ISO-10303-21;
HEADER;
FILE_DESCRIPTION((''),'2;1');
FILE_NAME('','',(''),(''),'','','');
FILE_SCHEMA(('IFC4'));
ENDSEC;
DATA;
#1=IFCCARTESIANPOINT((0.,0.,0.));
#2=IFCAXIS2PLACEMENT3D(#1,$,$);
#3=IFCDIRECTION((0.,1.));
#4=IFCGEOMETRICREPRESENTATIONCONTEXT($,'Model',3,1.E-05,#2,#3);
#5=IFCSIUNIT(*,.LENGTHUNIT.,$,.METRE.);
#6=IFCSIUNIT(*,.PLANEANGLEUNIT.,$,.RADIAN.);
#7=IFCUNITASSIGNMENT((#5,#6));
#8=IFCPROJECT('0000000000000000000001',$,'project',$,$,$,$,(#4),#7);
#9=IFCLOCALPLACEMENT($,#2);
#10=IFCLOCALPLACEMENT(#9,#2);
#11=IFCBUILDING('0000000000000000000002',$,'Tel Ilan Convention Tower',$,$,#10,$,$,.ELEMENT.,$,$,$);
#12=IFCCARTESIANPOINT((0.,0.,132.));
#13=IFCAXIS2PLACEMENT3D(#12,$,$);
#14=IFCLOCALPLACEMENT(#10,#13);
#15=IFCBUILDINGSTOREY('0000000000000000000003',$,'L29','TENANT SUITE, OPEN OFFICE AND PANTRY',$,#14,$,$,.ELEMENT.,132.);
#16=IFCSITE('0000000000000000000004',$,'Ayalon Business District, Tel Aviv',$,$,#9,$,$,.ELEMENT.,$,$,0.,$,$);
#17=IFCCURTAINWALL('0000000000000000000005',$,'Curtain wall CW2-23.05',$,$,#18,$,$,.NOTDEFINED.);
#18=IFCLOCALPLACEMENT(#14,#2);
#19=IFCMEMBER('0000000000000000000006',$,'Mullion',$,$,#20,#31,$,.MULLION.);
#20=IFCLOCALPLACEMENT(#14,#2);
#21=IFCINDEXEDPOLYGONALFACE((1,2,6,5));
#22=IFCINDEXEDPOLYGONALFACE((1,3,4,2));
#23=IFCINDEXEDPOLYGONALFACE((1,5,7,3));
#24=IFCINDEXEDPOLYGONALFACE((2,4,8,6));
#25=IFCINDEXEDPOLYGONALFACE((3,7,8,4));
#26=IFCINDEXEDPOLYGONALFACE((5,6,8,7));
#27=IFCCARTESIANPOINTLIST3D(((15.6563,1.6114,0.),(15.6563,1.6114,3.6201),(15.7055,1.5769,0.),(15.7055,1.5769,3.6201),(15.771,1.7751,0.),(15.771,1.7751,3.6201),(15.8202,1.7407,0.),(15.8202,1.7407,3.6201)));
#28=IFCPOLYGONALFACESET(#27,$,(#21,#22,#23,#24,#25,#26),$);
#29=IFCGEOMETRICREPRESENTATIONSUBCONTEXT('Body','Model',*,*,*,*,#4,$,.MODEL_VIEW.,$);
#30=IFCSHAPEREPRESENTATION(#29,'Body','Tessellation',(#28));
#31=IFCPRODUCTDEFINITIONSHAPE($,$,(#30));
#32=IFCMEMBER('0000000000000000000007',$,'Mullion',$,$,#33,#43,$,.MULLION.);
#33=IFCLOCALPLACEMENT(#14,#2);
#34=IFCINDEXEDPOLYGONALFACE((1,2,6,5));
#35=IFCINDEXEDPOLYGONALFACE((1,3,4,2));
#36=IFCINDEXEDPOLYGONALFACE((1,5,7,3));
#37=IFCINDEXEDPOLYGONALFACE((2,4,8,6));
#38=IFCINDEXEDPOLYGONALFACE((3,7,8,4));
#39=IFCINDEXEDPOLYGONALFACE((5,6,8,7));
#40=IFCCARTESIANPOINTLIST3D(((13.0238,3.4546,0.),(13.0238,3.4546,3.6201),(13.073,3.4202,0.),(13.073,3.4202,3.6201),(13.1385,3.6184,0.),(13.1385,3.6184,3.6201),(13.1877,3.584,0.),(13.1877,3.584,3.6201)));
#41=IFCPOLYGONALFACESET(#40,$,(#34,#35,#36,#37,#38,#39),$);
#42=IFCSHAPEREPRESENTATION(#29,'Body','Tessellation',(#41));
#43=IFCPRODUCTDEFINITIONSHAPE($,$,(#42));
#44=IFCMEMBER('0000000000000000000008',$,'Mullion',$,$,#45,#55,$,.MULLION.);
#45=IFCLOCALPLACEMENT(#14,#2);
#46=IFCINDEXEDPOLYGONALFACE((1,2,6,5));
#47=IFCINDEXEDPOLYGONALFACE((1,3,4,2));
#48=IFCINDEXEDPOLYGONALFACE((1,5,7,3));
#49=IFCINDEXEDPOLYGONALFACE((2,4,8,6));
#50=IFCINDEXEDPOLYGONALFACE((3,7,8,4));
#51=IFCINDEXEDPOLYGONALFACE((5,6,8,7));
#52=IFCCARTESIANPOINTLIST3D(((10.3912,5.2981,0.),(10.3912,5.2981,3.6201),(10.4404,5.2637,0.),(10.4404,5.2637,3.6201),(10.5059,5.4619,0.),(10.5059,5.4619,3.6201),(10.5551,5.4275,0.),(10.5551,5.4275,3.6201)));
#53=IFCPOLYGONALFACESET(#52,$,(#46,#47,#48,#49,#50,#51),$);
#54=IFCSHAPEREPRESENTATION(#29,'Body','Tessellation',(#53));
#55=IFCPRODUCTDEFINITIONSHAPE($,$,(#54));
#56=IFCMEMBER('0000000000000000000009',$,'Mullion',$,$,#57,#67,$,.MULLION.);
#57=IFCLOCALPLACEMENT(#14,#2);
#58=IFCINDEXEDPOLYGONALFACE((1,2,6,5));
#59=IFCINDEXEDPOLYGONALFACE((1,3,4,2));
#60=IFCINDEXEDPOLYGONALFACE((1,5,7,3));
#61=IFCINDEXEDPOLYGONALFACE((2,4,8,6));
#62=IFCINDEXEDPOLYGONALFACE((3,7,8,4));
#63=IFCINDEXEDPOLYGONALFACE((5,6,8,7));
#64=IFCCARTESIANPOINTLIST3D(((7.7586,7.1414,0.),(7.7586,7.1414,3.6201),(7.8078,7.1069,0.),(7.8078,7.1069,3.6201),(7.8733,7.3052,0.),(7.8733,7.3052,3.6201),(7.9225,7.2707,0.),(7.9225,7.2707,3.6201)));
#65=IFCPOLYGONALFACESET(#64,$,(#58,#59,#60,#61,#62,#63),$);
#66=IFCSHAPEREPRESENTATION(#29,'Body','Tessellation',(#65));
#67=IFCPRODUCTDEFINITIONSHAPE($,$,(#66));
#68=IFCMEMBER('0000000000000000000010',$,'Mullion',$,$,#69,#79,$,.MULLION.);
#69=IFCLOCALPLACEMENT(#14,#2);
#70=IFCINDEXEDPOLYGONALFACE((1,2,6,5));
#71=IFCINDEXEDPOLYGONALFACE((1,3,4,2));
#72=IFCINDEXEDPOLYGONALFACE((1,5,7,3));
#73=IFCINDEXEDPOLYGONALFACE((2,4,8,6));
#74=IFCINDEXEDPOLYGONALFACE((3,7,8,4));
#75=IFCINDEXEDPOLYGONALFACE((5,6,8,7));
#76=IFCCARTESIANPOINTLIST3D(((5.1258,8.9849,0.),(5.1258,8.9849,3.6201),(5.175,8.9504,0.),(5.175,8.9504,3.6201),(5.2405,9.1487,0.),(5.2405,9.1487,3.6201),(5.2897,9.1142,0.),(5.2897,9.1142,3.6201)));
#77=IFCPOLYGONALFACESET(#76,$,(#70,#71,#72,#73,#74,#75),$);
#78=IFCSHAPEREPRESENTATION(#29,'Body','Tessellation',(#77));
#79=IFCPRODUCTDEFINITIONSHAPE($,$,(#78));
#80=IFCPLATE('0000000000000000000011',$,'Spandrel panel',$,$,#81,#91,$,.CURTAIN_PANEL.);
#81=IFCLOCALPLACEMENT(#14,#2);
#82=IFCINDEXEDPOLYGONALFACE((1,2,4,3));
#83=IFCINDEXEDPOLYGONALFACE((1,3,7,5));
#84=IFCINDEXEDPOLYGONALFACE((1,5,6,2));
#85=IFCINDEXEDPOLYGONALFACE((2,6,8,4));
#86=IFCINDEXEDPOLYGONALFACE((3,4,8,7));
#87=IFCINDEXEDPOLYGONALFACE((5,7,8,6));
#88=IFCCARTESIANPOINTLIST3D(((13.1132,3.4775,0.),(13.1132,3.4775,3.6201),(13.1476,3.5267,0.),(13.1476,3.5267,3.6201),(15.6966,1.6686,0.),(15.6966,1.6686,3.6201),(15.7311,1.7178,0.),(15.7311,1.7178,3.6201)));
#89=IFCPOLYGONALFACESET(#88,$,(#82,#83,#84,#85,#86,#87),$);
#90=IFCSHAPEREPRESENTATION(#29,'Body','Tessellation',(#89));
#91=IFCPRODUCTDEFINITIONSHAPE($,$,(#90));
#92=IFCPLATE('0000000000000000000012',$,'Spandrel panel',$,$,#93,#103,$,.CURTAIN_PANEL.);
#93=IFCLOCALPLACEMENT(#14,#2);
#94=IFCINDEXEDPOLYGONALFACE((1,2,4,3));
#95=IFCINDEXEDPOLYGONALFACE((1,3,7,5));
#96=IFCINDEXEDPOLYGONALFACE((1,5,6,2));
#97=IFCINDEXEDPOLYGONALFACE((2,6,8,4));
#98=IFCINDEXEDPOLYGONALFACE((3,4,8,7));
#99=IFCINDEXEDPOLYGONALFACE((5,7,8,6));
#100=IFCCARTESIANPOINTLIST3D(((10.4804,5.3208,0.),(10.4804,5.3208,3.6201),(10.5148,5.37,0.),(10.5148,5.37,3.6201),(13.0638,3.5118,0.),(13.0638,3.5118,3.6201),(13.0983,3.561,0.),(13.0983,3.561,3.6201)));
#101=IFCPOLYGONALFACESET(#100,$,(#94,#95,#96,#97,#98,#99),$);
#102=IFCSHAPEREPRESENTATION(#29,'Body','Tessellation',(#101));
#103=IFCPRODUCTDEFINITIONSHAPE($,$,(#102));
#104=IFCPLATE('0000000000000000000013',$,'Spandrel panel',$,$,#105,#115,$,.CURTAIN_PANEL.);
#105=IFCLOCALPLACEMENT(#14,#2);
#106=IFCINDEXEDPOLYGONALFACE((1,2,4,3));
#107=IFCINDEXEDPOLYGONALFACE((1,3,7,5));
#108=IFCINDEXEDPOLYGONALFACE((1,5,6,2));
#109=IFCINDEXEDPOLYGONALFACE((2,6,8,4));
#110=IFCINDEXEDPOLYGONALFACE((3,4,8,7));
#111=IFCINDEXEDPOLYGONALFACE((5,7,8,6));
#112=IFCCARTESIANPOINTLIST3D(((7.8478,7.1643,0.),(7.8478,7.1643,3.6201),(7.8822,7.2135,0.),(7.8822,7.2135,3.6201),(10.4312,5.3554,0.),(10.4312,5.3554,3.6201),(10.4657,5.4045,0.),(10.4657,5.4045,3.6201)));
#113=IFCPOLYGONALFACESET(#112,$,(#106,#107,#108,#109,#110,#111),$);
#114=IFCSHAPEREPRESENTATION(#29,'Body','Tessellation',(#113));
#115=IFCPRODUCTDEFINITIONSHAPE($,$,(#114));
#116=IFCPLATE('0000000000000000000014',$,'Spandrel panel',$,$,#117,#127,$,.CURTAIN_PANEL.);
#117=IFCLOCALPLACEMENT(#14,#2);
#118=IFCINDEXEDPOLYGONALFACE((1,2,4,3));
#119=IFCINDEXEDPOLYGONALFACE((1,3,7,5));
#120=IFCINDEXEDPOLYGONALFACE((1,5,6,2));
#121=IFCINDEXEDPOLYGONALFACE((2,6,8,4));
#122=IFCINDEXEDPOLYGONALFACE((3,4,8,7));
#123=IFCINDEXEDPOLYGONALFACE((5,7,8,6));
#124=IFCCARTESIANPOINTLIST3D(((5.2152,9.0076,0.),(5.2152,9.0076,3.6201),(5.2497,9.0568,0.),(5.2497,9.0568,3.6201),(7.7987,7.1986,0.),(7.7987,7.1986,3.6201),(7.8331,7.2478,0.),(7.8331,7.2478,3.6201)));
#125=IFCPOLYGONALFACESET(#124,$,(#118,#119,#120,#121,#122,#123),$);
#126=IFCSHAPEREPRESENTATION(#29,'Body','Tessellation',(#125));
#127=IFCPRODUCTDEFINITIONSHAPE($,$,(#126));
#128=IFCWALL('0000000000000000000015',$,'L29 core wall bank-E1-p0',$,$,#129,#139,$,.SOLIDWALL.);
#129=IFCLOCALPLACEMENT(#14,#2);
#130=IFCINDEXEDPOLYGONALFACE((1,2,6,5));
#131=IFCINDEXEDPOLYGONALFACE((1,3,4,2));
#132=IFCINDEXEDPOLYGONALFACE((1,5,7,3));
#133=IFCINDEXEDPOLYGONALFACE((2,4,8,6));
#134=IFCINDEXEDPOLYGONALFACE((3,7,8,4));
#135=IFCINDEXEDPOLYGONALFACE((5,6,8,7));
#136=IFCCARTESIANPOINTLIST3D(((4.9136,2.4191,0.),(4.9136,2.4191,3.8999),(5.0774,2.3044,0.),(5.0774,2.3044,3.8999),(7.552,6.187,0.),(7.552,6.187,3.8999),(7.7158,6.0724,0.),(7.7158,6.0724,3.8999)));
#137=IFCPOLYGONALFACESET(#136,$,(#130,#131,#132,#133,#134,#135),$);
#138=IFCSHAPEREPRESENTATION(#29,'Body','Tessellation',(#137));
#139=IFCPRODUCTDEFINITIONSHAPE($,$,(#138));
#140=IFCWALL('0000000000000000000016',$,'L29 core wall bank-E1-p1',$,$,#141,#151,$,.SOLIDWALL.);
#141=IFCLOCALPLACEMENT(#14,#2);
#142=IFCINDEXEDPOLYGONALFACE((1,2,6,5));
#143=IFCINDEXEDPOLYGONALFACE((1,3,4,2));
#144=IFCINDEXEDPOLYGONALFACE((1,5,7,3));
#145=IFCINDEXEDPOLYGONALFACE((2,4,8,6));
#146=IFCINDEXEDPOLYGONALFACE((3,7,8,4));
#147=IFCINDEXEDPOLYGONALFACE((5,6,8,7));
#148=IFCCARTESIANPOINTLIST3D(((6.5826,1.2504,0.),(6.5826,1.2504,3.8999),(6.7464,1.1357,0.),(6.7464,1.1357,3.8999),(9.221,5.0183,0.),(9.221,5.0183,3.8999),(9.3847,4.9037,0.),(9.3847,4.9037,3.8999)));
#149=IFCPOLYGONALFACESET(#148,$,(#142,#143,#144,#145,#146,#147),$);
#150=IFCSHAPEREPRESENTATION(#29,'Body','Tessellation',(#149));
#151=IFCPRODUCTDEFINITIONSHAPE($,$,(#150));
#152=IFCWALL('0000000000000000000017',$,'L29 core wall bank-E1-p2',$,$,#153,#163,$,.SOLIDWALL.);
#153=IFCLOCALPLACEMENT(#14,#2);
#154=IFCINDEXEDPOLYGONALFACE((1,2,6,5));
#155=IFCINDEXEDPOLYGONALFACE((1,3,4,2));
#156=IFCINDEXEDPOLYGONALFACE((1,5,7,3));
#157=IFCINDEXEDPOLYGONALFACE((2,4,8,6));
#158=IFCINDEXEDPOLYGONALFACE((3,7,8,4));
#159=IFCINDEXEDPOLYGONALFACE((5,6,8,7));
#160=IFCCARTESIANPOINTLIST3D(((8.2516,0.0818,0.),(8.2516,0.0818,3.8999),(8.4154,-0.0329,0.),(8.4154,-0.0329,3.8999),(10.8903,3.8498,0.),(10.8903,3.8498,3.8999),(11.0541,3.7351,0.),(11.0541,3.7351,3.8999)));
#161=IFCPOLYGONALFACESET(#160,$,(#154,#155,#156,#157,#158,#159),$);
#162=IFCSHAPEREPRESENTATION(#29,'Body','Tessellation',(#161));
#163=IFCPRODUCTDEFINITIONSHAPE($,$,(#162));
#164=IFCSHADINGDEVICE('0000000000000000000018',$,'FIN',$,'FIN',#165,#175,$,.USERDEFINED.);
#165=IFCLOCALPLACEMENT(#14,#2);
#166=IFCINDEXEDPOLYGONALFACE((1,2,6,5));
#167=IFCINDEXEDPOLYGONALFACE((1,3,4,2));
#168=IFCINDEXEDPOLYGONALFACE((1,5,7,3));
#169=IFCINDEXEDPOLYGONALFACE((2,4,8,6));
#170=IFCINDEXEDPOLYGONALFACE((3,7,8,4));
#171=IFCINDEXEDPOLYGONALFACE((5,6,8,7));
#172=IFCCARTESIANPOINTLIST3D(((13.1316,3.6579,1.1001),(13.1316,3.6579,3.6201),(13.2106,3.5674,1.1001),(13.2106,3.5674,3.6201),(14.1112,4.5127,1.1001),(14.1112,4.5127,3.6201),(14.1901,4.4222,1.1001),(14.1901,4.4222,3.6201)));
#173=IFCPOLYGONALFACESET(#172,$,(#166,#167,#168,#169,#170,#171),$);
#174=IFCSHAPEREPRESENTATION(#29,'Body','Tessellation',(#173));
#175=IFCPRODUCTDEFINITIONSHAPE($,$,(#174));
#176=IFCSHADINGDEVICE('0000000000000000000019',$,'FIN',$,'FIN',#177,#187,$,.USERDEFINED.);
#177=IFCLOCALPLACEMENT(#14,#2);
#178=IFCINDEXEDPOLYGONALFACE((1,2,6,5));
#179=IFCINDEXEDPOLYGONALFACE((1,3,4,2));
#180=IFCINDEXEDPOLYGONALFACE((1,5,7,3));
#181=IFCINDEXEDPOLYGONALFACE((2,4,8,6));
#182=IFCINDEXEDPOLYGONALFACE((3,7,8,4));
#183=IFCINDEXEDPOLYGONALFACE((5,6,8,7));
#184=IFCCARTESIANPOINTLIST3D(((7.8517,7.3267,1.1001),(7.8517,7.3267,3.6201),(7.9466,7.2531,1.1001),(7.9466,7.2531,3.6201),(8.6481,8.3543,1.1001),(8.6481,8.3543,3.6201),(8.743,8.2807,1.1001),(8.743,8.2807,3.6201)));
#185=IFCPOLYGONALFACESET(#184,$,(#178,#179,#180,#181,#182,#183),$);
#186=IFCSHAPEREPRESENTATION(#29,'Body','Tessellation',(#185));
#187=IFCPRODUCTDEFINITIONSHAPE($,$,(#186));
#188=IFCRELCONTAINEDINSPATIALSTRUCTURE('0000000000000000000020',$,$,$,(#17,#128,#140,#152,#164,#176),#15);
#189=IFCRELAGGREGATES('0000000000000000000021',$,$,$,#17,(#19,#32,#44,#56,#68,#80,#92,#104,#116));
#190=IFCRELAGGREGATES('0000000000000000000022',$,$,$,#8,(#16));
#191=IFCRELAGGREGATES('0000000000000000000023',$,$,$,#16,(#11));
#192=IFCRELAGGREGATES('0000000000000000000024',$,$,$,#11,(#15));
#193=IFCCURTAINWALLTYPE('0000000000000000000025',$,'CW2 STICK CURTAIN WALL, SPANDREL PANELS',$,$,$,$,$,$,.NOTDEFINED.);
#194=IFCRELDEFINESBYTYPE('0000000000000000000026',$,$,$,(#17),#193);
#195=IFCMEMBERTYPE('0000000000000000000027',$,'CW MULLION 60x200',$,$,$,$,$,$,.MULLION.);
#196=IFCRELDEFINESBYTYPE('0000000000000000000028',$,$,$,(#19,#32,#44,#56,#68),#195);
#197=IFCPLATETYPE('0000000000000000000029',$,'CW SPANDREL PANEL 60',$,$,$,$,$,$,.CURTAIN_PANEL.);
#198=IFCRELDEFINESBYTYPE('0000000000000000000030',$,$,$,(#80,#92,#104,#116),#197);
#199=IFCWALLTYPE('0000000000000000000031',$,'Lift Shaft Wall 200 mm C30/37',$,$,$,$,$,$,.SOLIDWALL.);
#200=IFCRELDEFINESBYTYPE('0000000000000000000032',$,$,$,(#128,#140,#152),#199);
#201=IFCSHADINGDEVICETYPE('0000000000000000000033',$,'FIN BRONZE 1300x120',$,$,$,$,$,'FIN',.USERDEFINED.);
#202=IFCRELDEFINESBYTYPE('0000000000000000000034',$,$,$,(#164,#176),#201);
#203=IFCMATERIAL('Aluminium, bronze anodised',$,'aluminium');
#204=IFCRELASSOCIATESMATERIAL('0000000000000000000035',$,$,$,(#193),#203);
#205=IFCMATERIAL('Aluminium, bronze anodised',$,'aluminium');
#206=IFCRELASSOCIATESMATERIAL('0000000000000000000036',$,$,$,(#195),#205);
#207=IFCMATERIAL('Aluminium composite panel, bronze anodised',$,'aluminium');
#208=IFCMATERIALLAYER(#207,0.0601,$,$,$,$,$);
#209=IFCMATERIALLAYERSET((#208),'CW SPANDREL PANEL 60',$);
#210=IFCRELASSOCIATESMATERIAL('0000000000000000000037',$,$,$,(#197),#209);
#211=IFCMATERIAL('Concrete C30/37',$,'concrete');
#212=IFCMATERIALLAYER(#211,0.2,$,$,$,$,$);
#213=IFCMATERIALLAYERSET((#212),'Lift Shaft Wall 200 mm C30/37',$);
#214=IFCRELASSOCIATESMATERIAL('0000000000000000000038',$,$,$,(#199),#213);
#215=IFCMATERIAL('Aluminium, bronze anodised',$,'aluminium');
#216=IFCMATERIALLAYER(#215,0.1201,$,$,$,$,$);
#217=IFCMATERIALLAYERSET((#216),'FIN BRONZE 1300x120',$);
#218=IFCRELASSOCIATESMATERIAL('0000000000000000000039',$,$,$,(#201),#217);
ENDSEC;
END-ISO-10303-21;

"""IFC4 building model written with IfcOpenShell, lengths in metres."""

from ifc_helpers import new_model, si_unit, direction, frame, frame_2d, origin, origin_2d, place, context, subcontext, project, spatial, rectangle, extrude, material, layer, layer_set, material_profile, profile_set, type_object, element, aggregate, save


model = new_model("IFC4")

# Units and contexts
model_context = context("Model", 3, precision=1e-05, world=origin(), true_north=direction((0.0, 1.0)))
body_context = subcontext(model_context, "Body", "Model", "MODEL_VIEW")
ifc_project = project(units=[si_unit("LENGTHUNIT", "METRE"), si_unit("PLANEANGLEUNIT", "RADIAN")], contexts=[model_context])

# Site, building, storey
site_placement = place(None, origin())
site = spatial("IfcSite", under=ifc_project, at=site_placement, Name="Ayalon Business District, Tel Aviv", CompositionType="ELEMENT", RefElevation=0.0)
building_placement = place(site_placement, origin())
building = spatial("IfcBuilding", under=site, at=building_placement, Name="Tel Ilan Convention Tower", CompositionType="ELEMENT")
storey_placement = place(building_placement, frame((0.0, 0.0, 132.0)))
storey = spatial("IfcBuildingStorey", under=building, at=storey_placement, Name="L29", Description="TENANT SUITE, OPEN OFFICE AND PANTRY", CompositionType="ELEMENT", Elevation=132.0)

# Curtain wall, members, plates
ifc_material_1 = material(Name="Aluminium, bronze anodised", Category="aluminium")
curtain_wall_type = type_object("IfcCurtainWallType", Name="CW2 STICK CURTAIN WALL, SPANDREL PANELS", PredefinedType="NOTDEFINED", material=ifc_material_1)
curtain_wall_placement = place(storey_placement, origin())
curtain_wall = element("IfcCurtainWall", 1, at=curtain_wall_placement, inside=storey, type_object=curtain_wall_type, Name="Curtain wall CW2-23.05", PredefinedType="NOTDEFINED")
ifc_material_2 = material(Name="Aluminium, bronze anodised", Category="aluminium")
ifc_material_profile = material_profile(ifc_material_2, rectangle(XDim=0.0601, YDim=0.2, at=origin_2d()), Name="CW MULLION 60x200")
ifc_profile_set = profile_set([ifc_material_profile], Name="Aluminium, bronze anodised")
member_type = type_object("IfcMemberType", Name="CW MULLION 60x200", PredefinedType="MULLION", material=ifc_profile_set)
member_1_placement = place(storey_placement, frame((15.7383, 1.676, 0.0), z_axis=(0.0, 0.0, 1.0), x_axis=(-0.819152, 0.573576, 0.0)))
member_1 = element("IfcMember", 2, at=member_1_placement, type_object=member_type, Name="Mullion", PredefinedType="MULLION", context=body_context, shape_type="SweptSolid", body=[
    extrude(rectangle(XDim=0.0601, YDim=0.2, at=origin_2d()), origin(), (0.0, 0.0, 1.0), 3.6201),
])
member_2_placement = place(storey_placement, frame((13.1057, 3.5193, 0.0), z_axis=(0.0, 0.0, 1.0), x_axis=(-0.819152, 0.573576, 0.0)))
member_2 = element("IfcMember", 3, at=member_2_placement, type_object=member_type, Name="Mullion", PredefinedType="MULLION", context=body_context, shape_type="SweptSolid", body=[
    extrude(rectangle(XDim=0.0601, YDim=0.2, at=origin_2d()), origin(), (0.0, 0.0, 1.0), 3.6201),
])
member_3_placement = place(storey_placement, frame((10.4731, 5.3628, 0.0), z_axis=(0.0, 0.0, 1.0), x_axis=(-0.819152, 0.573576, 0.0)))
member_3 = element("IfcMember", 4, at=member_3_placement, type_object=member_type, Name="Mullion", PredefinedType="MULLION", context=body_context, shape_type="SweptSolid", body=[
    extrude(rectangle(XDim=0.0601, YDim=0.2, at=origin_2d()), origin(), (0.0, 0.0, 1.0), 3.6201),
])
member_4_placement = place(storey_placement, frame((7.8406, 7.2061, 0.0), z_axis=(0.0, 0.0, 1.0), x_axis=(-0.819152, 0.573576, 0.0)))
member_4 = element("IfcMember", 5, at=member_4_placement, type_object=member_type, Name="Mullion", PredefinedType="MULLION", context=body_context, shape_type="SweptSolid", body=[
    extrude(rectangle(XDim=0.0601, YDim=0.2, at=origin_2d()), origin(), (0.0, 0.0, 1.0), 3.6201),
])
member_5_placement = place(storey_placement, frame((5.2078, 9.0496, 0.0), z_axis=(0.0, 0.0, 1.0), x_axis=(-0.819152, 0.573576, 0.0)))
member_5 = element("IfcMember", 6, at=member_5_placement, type_object=member_type, Name="Mullion", PredefinedType="MULLION", context=body_context, shape_type="SweptSolid", body=[
    extrude(rectangle(XDim=0.0601, YDim=0.2, at=origin_2d()), origin(), (0.0, 0.0, 1.0), 3.6201),
])
ifc_material_3 = material(Name="Aluminium composite panel, bronze anodised", Category="aluminium")
ifc_layer_1 = layer(ifc_material_3, 0.0601)
ifc_layer_set_1 = layer_set([ifc_layer_1], Name="CW SPANDREL PANEL 60")
plate_type = type_object("IfcPlateType", Name="CW SPANDREL PANEL 60", PredefinedType="CURTAIN_PANEL", material=ifc_layer_set_1)
plate_1_placement = place(storey_placement, frame((14.4221, 2.5977, 0.0), z_axis=(0.0, 0.0, 1.0), x_axis=(-0.819152, 0.573576, 0.0)))
plate_1 = element("IfcPlate", 7, at=plate_1_placement, type_object=plate_type, Name="Spandrel panel", PredefinedType="CURTAIN_PANEL", context=body_context, shape_type="SweptSolid", body=[
    extrude(rectangle(XDim=3.1538, YDim=0.0601, at=origin_2d()), origin(), (0.0, 0.0, 1.0), 3.6201),
])
plate_2_placement = place(storey_placement, frame((11.7893, 4.4409, 0.0), z_axis=(0.0, 0.0, 1.0), x_axis=(-0.819152, 0.573576, 0.0)))
plate_2 = element("IfcPlate", 8, at=plate_2_placement, type_object=plate_type, Name="Spandrel panel", PredefinedType="CURTAIN_PANEL", context=body_context, shape_type="SweptSolid", body=[
    extrude(rectangle(XDim=3.1538, YDim=0.0601, at=origin_2d()), origin(), (0.0, 0.0, 1.0), 3.6201),
])
plate_3_placement = place(storey_placement, frame((9.1567, 6.2844, 0.0), z_axis=(0.0, 0.0, 1.0), x_axis=(-0.819152, 0.573576, 0.0)))
plate_3 = element("IfcPlate", 9, at=plate_3_placement, type_object=plate_type, Name="Spandrel panel", PredefinedType="CURTAIN_PANEL", context=body_context, shape_type="SweptSolid", body=[
    extrude(rectangle(XDim=3.1538, YDim=0.0601, at=origin_2d()), origin(), (0.0, 0.0, 1.0), 3.6201),
])
plate_4_placement = place(storey_placement, frame((6.5242, 8.1277, 0.0), z_axis=(0.0, 0.0, 1.0), x_axis=(-0.819152, 0.573576, 0.0)))
plate_4 = element("IfcPlate", 10, at=plate_4_placement, type_object=plate_type, Name="Spandrel panel", PredefinedType="CURTAIN_PANEL", context=body_context, shape_type="SweptSolid", body=[
    extrude(rectangle(XDim=3.1538, YDim=0.0601, at=origin_2d()), origin(), (0.0, 0.0, 1.0), 3.6201),
])
aggregate(curtain_wall, [member_1, member_2, member_3, member_4, member_5, plate_1, plate_2, plate_3, plate_4])

# Walls
ifc_material_4 = material(Name="Concrete C30/37", Category="concrete")
ifc_layer_2 = layer(ifc_material_4, 0.2)
ifc_layer_set_2 = layer_set([ifc_layer_2], Name="Lift Shaft Wall 200 mm C30/37")
wall_type = type_object("IfcWallType", Name="Lift Shaft Wall 200 mm C30/37", PredefinedType="SOLIDWALL", material=ifc_layer_set_2)
for number, where, z_axis, x_axis, name in (
    (11, (4.9956, 2.3618, 0.0), (0.0, 0.0, 1.0), (0.573576, 0.819152, 0.0), "L29 core wall bank-E1-p0"),
    (12, (6.6646, 1.1931, 0.0), (0.0, 0.0, 1.0), (0.573576, 0.819152, 0.0), "L29 core wall bank-E1-p1"),
):
    element("IfcWall", number, at=place(storey_placement, frame(where, z_axis=z_axis, x_axis=x_axis)), inside=storey, type_object=wall_type, Name=name, PredefinedType="SOLIDWALL", context=body_context, shape_type="SweptSolid", body=[
        extrude(rectangle(XDim=4.5999, YDim=0.2, at=frame_2d((2.2998, 0.0))), origin(), (0.0, 0.0, 1.0), 3.8999),
    ])
wall_placement = place(storey_placement, frame((8.3335, 0.0244, 0.0), z_axis=(0.0, 0.0, 1.0), x_axis=(0.573612, 0.819127, 0.0)))
element("IfcWall", 13, at=wall_placement, inside=storey, type_object=wall_type, Name="L29 core wall bank-E1-p2", PredefinedType="SOLIDWALL", context=body_context, shape_type="SweptSolid", body=[
    extrude(rectangle(XDim=4.6001, YDim=0.2, at=frame_2d((2.3, 0.0))), origin(), (0.0, 0.0, 1.0), 3.8999),
])

# Shading devices
ifc_material_5 = material(Name="Aluminium, bronze anodised", Category="aluminium")
ifc_layer_3 = layer(ifc_material_5, 0.1201)
ifc_layer_set_3 = layer_set([ifc_layer_3], Name="FIN BRONZE 1300x120")
shading_device_type = type_object("IfcShadingDeviceType", Name="FIN BRONZE 1300x120", ElementType="FIN", PredefinedType="USERDEFINED", material=ifc_layer_set_3)
for number, where, z_axis, x_axis, name in (
    (14, (13.6609, 4.04, 1.1001), (0.0, 0.0, 1.0), (0.753436, 0.657521, 0.0), "FIN"),
    (15, (8.2974, 7.8037, 1.1001), (0.0, 0.0, 1.0), (0.612601, 0.790393, 0.0), "FIN"),
):
    element("IfcShadingDevice", number, at=place(storey_placement, frame(where, z_axis=z_axis, x_axis=x_axis)), inside=storey, type_object=shading_device_type, Name=name, ObjectType="FIN", PredefinedType="USERDEFINED", context=body_context, shape_type="SweptSolid", body=[
        extrude(rectangle(XDim=1.3, YDim=0.1201, at=origin_2d()), origin(), (0.0, 0.0, 1.0), 2.52),
    ])

save(model, "model.ifc")
